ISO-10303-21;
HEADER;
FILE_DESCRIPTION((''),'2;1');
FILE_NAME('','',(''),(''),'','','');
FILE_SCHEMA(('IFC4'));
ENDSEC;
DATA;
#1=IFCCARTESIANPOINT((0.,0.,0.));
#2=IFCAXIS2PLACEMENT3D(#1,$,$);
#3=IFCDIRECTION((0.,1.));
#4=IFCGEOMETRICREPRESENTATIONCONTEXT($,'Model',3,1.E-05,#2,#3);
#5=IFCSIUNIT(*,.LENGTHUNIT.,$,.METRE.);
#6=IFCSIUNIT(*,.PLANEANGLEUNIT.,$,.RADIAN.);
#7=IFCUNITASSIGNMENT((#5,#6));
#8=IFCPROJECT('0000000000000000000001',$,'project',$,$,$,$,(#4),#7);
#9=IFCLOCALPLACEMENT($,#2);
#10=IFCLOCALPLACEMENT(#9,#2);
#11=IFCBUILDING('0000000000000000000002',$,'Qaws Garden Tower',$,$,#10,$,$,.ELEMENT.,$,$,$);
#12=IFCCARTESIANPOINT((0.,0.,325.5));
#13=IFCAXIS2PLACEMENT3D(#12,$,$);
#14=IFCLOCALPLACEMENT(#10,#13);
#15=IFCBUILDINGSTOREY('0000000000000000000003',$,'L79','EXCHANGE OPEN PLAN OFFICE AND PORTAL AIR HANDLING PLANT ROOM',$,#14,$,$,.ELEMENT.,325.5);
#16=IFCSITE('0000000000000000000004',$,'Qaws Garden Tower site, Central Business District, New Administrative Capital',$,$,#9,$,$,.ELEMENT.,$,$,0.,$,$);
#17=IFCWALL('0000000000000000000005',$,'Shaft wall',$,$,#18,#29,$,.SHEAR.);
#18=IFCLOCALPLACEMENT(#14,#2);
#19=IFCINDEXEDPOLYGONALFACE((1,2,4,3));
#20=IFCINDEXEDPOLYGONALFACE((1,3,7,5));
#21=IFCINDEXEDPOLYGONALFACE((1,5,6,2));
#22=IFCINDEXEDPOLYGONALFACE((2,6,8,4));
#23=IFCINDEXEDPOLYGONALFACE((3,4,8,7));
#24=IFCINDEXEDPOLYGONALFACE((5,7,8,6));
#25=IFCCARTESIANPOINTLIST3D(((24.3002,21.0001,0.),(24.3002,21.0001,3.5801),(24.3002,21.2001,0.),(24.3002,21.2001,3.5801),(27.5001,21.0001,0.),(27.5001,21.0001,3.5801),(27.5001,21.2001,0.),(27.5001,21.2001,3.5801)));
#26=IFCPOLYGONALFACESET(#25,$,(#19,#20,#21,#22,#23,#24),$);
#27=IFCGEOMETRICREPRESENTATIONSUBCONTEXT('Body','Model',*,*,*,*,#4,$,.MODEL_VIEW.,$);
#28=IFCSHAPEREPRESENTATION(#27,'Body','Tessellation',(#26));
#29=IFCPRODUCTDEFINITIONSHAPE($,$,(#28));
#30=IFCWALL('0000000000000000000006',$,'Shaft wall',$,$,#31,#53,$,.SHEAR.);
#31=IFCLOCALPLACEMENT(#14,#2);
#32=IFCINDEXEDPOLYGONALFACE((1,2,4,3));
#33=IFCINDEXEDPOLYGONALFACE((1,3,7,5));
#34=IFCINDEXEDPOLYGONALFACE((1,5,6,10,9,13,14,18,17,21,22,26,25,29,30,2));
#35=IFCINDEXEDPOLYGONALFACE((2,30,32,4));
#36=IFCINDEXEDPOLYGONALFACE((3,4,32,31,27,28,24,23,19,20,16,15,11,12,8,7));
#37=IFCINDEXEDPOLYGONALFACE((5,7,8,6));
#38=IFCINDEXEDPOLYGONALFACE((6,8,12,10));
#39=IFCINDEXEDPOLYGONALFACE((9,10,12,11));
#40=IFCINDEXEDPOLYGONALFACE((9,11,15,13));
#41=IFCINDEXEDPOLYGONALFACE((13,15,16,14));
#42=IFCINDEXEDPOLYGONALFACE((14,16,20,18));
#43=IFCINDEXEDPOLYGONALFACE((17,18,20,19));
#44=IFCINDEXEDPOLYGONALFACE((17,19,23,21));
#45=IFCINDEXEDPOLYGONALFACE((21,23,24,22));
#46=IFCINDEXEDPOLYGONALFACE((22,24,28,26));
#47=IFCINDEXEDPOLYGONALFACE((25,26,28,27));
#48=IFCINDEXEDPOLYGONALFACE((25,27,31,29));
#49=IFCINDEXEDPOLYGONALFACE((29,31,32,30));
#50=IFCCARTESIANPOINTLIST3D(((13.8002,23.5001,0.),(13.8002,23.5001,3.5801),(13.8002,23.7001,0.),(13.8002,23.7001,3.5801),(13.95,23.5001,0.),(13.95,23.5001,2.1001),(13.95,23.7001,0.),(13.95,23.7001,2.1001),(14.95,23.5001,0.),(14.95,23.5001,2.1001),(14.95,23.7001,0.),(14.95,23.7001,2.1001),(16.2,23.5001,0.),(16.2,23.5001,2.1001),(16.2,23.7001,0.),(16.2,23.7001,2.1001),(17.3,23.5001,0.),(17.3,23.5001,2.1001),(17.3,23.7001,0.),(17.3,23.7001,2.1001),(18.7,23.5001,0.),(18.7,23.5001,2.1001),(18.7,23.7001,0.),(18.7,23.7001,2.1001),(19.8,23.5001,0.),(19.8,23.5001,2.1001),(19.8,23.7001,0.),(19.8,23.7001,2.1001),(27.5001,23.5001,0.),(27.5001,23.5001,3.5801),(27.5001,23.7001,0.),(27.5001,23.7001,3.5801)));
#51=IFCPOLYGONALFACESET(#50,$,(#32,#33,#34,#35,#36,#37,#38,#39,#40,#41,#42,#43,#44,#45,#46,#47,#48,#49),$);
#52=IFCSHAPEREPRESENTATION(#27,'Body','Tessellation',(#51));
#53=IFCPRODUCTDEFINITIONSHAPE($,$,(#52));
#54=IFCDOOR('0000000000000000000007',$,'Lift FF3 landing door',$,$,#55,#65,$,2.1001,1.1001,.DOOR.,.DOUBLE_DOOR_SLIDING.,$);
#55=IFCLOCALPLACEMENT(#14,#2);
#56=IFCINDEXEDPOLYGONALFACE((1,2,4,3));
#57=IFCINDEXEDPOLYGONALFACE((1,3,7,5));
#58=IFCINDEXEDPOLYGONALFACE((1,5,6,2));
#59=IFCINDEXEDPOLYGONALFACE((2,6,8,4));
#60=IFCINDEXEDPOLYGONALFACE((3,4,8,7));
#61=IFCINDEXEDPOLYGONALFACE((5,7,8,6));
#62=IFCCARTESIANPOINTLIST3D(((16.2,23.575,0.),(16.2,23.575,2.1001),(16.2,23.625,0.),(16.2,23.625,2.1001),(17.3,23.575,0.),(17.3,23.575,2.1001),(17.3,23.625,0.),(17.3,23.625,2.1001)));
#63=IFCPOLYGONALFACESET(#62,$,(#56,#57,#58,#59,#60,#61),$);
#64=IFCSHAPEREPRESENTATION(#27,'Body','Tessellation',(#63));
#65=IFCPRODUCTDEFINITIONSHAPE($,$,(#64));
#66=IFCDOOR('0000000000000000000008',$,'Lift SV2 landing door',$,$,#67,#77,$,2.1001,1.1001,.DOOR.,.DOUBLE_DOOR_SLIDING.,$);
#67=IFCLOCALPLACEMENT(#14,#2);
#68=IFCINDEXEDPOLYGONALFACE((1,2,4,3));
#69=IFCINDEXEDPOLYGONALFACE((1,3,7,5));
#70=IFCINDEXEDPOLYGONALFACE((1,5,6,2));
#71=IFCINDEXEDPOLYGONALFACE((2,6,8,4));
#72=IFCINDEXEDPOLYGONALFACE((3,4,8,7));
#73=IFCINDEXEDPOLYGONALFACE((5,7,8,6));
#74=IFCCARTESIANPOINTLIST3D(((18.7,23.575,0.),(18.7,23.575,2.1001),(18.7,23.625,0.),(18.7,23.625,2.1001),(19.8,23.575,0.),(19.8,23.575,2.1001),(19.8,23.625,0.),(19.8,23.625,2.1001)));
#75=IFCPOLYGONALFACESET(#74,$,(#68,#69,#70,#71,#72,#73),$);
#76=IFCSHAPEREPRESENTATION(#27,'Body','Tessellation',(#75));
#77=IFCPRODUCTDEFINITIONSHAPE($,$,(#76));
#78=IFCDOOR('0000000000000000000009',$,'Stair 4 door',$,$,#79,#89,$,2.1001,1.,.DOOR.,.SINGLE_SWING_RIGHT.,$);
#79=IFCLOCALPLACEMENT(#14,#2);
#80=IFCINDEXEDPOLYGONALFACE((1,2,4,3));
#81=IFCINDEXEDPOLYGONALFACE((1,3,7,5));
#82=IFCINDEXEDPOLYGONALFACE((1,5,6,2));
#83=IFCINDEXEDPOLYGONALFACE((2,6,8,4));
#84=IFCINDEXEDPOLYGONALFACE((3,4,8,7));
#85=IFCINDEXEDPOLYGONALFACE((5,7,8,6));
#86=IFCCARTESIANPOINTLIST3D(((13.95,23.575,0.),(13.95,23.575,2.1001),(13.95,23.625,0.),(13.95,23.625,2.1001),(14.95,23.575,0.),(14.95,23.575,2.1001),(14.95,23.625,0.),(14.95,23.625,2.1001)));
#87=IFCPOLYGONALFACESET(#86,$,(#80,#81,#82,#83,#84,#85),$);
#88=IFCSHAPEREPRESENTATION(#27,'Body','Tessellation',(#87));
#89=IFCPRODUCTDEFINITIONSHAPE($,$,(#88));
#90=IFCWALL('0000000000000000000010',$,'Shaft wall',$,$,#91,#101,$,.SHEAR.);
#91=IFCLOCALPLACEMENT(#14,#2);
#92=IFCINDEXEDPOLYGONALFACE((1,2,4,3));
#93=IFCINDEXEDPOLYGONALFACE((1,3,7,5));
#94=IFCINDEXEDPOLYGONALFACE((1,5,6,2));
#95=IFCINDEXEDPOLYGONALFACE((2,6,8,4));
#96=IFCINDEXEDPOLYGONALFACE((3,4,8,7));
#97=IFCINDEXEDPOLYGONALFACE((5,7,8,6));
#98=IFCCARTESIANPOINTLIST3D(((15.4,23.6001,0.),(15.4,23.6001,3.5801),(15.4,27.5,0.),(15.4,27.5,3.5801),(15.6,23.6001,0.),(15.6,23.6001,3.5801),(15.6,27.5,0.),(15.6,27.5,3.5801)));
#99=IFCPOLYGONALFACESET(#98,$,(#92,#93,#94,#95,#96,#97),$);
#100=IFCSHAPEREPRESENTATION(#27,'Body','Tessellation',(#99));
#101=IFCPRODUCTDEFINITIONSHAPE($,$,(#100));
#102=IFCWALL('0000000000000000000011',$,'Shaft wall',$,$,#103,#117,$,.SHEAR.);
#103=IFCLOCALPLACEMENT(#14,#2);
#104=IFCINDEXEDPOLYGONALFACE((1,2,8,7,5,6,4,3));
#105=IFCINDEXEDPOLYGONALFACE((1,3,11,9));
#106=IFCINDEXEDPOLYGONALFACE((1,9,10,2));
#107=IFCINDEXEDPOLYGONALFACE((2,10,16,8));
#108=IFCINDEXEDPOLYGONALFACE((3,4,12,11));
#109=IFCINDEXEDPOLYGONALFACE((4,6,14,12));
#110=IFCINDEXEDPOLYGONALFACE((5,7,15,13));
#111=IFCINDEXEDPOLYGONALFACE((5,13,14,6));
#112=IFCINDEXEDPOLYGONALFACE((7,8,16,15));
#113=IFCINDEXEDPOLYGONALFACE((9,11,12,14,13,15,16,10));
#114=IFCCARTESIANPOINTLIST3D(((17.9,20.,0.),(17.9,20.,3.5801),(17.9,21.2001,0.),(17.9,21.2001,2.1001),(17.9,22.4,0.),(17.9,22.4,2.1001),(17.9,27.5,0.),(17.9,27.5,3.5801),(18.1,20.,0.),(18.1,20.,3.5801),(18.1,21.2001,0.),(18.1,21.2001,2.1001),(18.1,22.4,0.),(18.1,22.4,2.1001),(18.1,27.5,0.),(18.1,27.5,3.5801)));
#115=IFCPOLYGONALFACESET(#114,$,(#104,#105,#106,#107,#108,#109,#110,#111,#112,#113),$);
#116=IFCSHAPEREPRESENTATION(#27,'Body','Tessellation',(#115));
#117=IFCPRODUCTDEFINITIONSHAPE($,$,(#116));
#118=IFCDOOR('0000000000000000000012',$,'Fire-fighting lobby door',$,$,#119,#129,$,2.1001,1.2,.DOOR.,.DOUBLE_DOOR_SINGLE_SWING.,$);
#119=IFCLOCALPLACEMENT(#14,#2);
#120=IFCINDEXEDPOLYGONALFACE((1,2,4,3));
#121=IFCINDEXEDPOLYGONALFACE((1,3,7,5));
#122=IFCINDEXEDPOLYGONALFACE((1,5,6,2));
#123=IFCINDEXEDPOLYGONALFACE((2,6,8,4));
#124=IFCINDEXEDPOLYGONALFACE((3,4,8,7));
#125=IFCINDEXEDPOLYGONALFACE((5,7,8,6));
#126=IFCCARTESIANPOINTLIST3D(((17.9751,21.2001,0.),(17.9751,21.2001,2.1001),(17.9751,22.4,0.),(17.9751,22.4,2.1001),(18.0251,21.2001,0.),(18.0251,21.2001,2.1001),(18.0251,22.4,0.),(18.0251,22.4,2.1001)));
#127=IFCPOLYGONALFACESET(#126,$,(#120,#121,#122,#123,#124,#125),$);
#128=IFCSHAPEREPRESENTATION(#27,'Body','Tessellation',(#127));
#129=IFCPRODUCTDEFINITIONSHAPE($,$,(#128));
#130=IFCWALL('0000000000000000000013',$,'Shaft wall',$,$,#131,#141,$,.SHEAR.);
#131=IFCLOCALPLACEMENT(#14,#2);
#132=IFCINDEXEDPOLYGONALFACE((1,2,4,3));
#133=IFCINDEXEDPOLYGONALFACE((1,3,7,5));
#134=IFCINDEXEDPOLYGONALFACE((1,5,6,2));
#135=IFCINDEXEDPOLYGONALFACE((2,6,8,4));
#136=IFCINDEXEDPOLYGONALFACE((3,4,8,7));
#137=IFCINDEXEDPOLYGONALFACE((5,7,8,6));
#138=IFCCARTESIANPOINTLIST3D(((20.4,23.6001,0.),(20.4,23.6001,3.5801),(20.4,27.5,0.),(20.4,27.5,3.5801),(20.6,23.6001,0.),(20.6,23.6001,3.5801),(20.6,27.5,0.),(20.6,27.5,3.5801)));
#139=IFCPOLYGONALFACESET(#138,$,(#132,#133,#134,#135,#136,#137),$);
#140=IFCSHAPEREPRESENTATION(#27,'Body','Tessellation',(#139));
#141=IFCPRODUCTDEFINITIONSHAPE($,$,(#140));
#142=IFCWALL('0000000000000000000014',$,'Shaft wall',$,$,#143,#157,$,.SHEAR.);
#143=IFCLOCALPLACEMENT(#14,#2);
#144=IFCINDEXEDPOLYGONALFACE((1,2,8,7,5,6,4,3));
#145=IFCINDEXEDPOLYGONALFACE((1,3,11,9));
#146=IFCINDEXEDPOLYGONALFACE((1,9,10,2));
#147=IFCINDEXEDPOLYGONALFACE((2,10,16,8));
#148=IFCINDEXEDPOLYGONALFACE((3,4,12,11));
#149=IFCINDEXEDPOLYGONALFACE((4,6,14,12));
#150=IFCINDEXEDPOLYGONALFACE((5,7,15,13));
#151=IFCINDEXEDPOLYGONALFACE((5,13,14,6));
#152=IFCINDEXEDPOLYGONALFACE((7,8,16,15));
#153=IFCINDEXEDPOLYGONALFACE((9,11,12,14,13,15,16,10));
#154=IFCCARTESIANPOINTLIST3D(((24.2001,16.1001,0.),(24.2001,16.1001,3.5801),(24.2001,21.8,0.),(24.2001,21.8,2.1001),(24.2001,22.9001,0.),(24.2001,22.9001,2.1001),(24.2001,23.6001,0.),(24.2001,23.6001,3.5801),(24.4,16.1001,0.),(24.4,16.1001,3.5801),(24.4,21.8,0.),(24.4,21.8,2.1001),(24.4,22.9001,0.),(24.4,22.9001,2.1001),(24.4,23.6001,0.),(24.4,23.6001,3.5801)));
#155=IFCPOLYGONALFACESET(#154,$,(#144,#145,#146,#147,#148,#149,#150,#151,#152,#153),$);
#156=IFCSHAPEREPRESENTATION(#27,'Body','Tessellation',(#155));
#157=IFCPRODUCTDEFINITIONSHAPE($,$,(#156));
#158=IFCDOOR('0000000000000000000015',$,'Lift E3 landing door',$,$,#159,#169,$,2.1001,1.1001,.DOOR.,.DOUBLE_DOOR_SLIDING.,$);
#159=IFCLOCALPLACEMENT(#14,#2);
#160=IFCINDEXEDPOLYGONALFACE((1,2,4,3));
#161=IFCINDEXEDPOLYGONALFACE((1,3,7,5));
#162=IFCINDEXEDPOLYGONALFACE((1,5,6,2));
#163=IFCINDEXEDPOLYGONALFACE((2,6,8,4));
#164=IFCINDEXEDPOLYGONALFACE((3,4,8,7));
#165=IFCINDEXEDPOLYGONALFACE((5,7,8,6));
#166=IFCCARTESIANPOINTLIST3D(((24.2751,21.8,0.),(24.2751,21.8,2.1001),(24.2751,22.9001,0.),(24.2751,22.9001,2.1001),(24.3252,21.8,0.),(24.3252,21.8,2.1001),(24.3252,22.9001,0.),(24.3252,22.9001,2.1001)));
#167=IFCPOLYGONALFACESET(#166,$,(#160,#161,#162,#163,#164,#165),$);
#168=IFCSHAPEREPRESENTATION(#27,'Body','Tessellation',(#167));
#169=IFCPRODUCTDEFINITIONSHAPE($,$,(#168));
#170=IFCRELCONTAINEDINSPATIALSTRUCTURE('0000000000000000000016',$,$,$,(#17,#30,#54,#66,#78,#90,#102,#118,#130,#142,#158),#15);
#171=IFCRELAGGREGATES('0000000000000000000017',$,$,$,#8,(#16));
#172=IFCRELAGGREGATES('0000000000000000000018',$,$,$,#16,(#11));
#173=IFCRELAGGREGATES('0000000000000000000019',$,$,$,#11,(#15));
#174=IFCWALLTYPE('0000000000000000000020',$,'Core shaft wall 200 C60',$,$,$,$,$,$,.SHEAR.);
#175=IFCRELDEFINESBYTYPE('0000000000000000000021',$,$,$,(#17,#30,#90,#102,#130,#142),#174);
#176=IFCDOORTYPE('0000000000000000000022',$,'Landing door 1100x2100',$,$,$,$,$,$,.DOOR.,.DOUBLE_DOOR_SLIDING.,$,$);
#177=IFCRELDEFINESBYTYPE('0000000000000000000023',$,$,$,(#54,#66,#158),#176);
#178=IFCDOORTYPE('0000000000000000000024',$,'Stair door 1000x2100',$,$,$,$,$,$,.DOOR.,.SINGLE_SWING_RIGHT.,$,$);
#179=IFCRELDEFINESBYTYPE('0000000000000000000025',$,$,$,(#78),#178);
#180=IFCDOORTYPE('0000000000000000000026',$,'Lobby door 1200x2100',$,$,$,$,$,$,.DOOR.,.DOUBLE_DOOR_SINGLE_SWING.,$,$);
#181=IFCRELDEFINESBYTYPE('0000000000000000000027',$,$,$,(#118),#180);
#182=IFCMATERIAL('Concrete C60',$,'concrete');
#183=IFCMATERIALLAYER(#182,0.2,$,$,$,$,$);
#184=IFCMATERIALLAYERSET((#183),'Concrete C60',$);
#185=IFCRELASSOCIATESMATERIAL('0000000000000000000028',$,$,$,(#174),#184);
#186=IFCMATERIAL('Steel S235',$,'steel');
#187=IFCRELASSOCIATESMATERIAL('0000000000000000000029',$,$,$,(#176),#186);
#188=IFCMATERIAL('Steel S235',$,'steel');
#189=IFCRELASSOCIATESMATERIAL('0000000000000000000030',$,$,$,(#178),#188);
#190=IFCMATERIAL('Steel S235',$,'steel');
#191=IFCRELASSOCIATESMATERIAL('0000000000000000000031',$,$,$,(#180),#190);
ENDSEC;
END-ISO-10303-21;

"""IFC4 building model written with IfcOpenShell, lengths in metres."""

from ifc_helpers import new_model, si_unit, direction, frame, frame_2d, origin, place, context, subcontext, project, spatial, rectangle, extrude, material, layer, layer_set, type_object, element, fill, save


model = new_model("IFC4")

# Units and contexts
model_context = context("Model", 3, precision=1e-05, world=origin(), true_north=direction((0.0, 1.0)))
body_context = subcontext(model_context, "Body", "Model", "MODEL_VIEW")
ifc_project = project(units=[si_unit("LENGTHUNIT", "METRE"), si_unit("PLANEANGLEUNIT", "RADIAN")], contexts=[model_context])

# Site, building, storey
site_placement = place(None, origin())
site = spatial("IfcSite", under=ifc_project, at=site_placement, Name="Qaws Garden Tower site, Central Business District, New Administrative Capital", CompositionType="ELEMENT", RefElevation=0.0)
building_placement = place(site_placement, origin())
building = spatial("IfcBuilding", under=site, at=building_placement, Name="Qaws Garden Tower", CompositionType="ELEMENT")
storey_placement = place(building_placement, frame((0.0, 0.0, 325.5)))
storey = spatial("IfcBuildingStorey", under=building, at=storey_placement, Name="L79", Description="EXCHANGE OPEN PLAN OFFICE AND PORTAL AIR HANDLING PLANT ROOM", CompositionType="ELEMENT", Elevation=325.5)

# Wall
ifc_material_1 = material(Name="Concrete C60", Category="concrete")
ifc_layer_1 = layer(ifc_material_1, 0.2)
ifc_layer_set_1 = layer_set([ifc_layer_1], Name="Concrete C60")
wall_type_1 = type_object("IfcWallType", Name="Core shaft wall 200 C60", PredefinedType="SHEAR", material=ifc_layer_set_1)
for number, where, z_axis, x_axis, name in (
    (1, (24.3, 21.1001, 0.0), (0.0, 0.0, 1.0), (1.0, 0.0, 0.0), "Shaft wall"),
):
    element("IfcWall", number, at=place(storey_placement, frame(where, z_axis=z_axis, x_axis=x_axis)), inside=storey, type_object=wall_type_1, Name=name, PredefinedType="SHEAR", context=body_context, shape_type="SweptSolid", body=[
        extrude(rectangle(XDim=3.2, YDim=0.2, at=frame_2d((1.6001, 0.0))), origin(), (0.0, 0.0, 1.0), 3.5801),
    ])

# Wall, openings, doors
wall_1_placement = place(storey_placement, frame((13.8, 23.6001, 0.0), z_axis=(0.0, 0.0, 1.0), x_axis=(1.0, 0.0, 0.0)))
wall_1 = element("IfcWall", 2, at=wall_1_placement, inside=storey, type_object=wall_type_1, Name="Shaft wall", PredefinedType="SHEAR", context=body_context, shape_type="SweptSolid", body=[
    extrude(rectangle(XDim=13.7, YDim=0.2, at=frame_2d((6.8501, 0.0))), origin(), (0.0, 0.0, 1.0), 3.5801),
])
opening_1_placement = place(wall_1_placement, frame((2.3999, 0.0, 0.0)))
opening_1 = element("IfcOpeningElement", 3, at=opening_1_placement, cuts=wall_1, PredefinedType="OPENING", context=body_context, shape_type="SweptSolid", body=[
    extrude(rectangle(XDim=1.1001, YDim=2.1001, at=frame_2d((0.55, 1.05))), frame((0.0, 0.1099, 0.0), z_axis=(0.0, -1.0, 0.0), x_axis=(1.0, 0.0, 0.0)), (0.0, 0.0, 1.0), 0.22),
])
opening_2_placement = place(wall_1_placement, frame((4.8999, 0.0, 0.0)))
opening_2 = element("IfcOpeningElement", 4, at=opening_2_placement, cuts=wall_1, PredefinedType="OPENING", context=body_context, shape_type="SweptSolid", body=[
    extrude(rectangle(XDim=1.1001, YDim=2.1001, at=frame_2d((0.55, 1.05))), frame((0.0, 0.1099, 0.0), z_axis=(0.0, -1.0, 0.0), x_axis=(1.0, 0.0, 0.0)), (0.0, 0.0, 1.0), 0.22),
])
opening_3_placement = place(wall_1_placement, frame((0.1499, 0.0, 0.0)))
opening_3 = element("IfcOpeningElement", 5, at=opening_3_placement, cuts=wall_1, PredefinedType="OPENING", context=body_context, shape_type="SweptSolid", body=[
    extrude(rectangle(XDim=1.0, YDim=2.1001, at=frame_2d((0.5, 1.05))), frame((0.0, 0.1099, 0.0), z_axis=(0.0, -1.0, 0.0), x_axis=(1.0, 0.0, 0.0)), (0.0, 0.0, 1.0), 0.22),
])
ifc_material_2 = material(Name="Steel S235", Category="steel")
door_type_1 = type_object("IfcDoorType", Name="Landing door 1100x2100", OperationType="DOUBLE_DOOR_SLIDING", PredefinedType="DOOR", material=ifc_material_2)
door_1_placement = place(opening_1_placement, origin())
door_1 = element("IfcDoor", 6, at=door_1_placement, inside=storey, type_object=door_type_1, Name="Lift FF3 landing door", OperationType="DOUBLE_DOOR_SLIDING", OverallHeight=2.1001, OverallWidth=1.1001, PredefinedType="DOOR", context=body_context, shape_type="SweptSolid", body=[
    extrude(rectangle(XDim=1.1001, YDim=2.1001, at=frame_2d((0.55, 1.05))), frame((0.0, 0.0249, 0.0), z_axis=(0.0, -1.0, 0.0), x_axis=(1.0, 0.0, 0.0)), (0.0, 0.0, 1.0), 0.05),
])
fill(opening_1, door_1)
door_2_placement = place(opening_2_placement, origin())
door_2 = element("IfcDoor", 7, at=door_2_placement, inside=storey, type_object=door_type_1, Name="Lift SV2 landing door", OperationType="DOUBLE_DOOR_SLIDING", OverallHeight=2.1001, OverallWidth=1.1001, PredefinedType="DOOR", context=body_context, shape_type="SweptSolid", body=[
    extrude(rectangle(XDim=1.1001, YDim=2.1001, at=frame_2d((0.55, 1.05))), frame((0.0, 0.0249, 0.0), z_axis=(0.0, -1.0, 0.0), x_axis=(1.0, 0.0, 0.0)), (0.0, 0.0, 1.0), 0.05),
])
fill(opening_2, door_2)
ifc_material_3 = material(Name="Steel S235", Category="steel")
door_type_2 = type_object("IfcDoorType", Name="Stair door 1000x2100", OperationType="SINGLE_SWING_RIGHT", PredefinedType="DOOR", material=ifc_material_3)
door_3_placement = place(opening_3_placement, origin())
door_3 = element("IfcDoor", 8, at=door_3_placement, inside=storey, type_object=door_type_2, Name="Stair 4 door", OperationType="SINGLE_SWING_RIGHT", OverallHeight=2.1001, OverallWidth=1.0, PredefinedType="DOOR", context=body_context, shape_type="SweptSolid", body=[
    extrude(rectangle(XDim=1.0, YDim=2.1001, at=frame_2d((0.5, 1.05))), frame((0.0, 0.0249, 0.0), z_axis=(0.0, -1.0, 0.0), x_axis=(1.0, 0.0, 0.0)), (0.0, 0.0, 1.0), 0.05),
])
fill(opening_3, door_3)

# Wall
wall_2_placement = place(storey_placement, frame((15.5, 23.6001, 0.0), z_axis=(0.0, 0.0, 1.0), x_axis=(0.0, 1.0, 0.0)))
element("IfcWall", 9, at=wall_2_placement, inside=storey, type_object=wall_type_1, Name="Shaft wall", PredefinedType="SHEAR", context=body_context, shape_type="SweptSolid", body=[
    extrude(rectangle(XDim=3.8999, YDim=0.2, at=frame_2d((1.95, 0.0))), origin(), (0.0, 0.0, 1.0), 3.5801),
])

# Wall, opening, door
wall_3_placement = place(storey_placement, frame((18.0, 20.0, 0.0), z_axis=(0.0, 0.0, 1.0), x_axis=(0.0, 1.0, 0.0)))
wall_3 = element("IfcWall", 10, at=wall_3_placement, inside=storey, type_object=wall_type_1, Name="Shaft wall", PredefinedType="SHEAR", context=body_context, shape_type="SweptSolid", body=[
    extrude(rectangle(XDim=7.5, YDim=0.2, at=frame_2d((3.75, 0.0))), origin(), (0.0, 0.0, 1.0), 3.5801),
])
opening_4_placement = place(wall_3_placement, frame((1.2, 0.0, 0.0)))
opening_4 = element("IfcOpeningElement", 11, at=opening_4_placement, cuts=wall_3, PredefinedType="OPENING", context=body_context, shape_type="SweptSolid", body=[
    extrude(rectangle(XDim=1.2, YDim=2.1001, at=frame_2d((0.6001, 1.05))), frame((0.0, 0.1099, 0.0), z_axis=(0.0, -1.0, 0.0), x_axis=(1.0, 0.0, 0.0)), (0.0, 0.0, 1.0), 0.22),
])
ifc_material_4 = material(Name="Steel S235", Category="steel")
door_type_3 = type_object("IfcDoorType", Name="Lobby door 1200x2100", OperationType="DOUBLE_DOOR_SINGLE_SWING", PredefinedType="DOOR", material=ifc_material_4)
door_4_placement = place(opening_4_placement, origin())
door_4 = element("IfcDoor", 12, at=door_4_placement, inside=storey, type_object=door_type_3, Name="Fire-fighting lobby door", OperationType="DOUBLE_DOOR_SINGLE_SWING", OverallHeight=2.1001, OverallWidth=1.2, PredefinedType="DOOR", context=body_context, shape_type="SweptSolid", body=[
    extrude(rectangle(XDim=1.2, YDim=2.1001, at=frame_2d((0.6001, 1.05))), frame((0.0, 0.0249, 0.0), z_axis=(0.0, -1.0, 0.0), x_axis=(1.0, 0.0, 0.0)), (0.0, 0.0, 1.0), 0.05),
])
fill(opening_4, door_4)

# Wall
wall_4_placement = place(storey_placement, frame((20.5, 23.6001, 0.0), z_axis=(0.0, 0.0, 1.0), x_axis=(0.0, 1.0, 0.0)))
element("IfcWall", 13, at=wall_4_placement, inside=storey, type_object=wall_type_1, Name="Shaft wall", PredefinedType="SHEAR", context=body_context, shape_type="SweptSolid", body=[
    extrude(rectangle(XDim=3.8999, YDim=0.2, at=frame_2d((1.95, 0.0))), origin(), (0.0, 0.0, 1.0), 3.5801),
])

# Wall, opening, door
wall_5_placement = place(storey_placement, frame((24.3, 16.1001, 0.0), z_axis=(0.0, 0.0, 1.0), x_axis=(0.0, 1.0, 0.0)))
wall_5 = element("IfcWall", 14, at=wall_5_placement, inside=storey, type_object=wall_type_1, Name="Shaft wall", PredefinedType="SHEAR", context=body_context, shape_type="SweptSolid", body=[
    extrude(rectangle(XDim=7.5, YDim=0.2, at=frame_2d((3.75, 0.0))), origin(), (0.0, 0.0, 1.0), 3.5801),
])
opening_5_placement = place(wall_5_placement, frame((5.7, 0.0, 0.0)))
opening_5 = element("IfcOpeningElement", 15, at=opening_5_placement, cuts=wall_5, PredefinedType="OPENING", context=body_context, shape_type="SweptSolid", body=[
    extrude(rectangle(XDim=1.1001, YDim=2.1001, at=frame_2d((0.55, 1.05))), frame((0.0, 0.1099, 0.0), z_axis=(0.0, -1.0, 0.0), x_axis=(1.0, 0.0, 0.0)), (0.0, 0.0, 1.0), 0.22),
])
door_5_placement = place(opening_5_placement, origin())
door_5 = element("IfcDoor", 16, at=door_5_placement, inside=storey, type_object=door_type_1, Name="Lift E3 landing door", OperationType="DOUBLE_DOOR_SLIDING", OverallHeight=2.1001, OverallWidth=1.1001, PredefinedType="DOOR", context=body_context, shape_type="SweptSolid", body=[
    extrude(rectangle(XDim=1.1001, YDim=2.1001, at=frame_2d((0.55, 1.05))), frame((0.0, 0.0249, 0.0), z_axis=(0.0, -1.0, 0.0), x_axis=(1.0, 0.0, 0.0)), (0.0, 0.0, 1.0), 0.05),
])
fill(opening_5, door_5)

save(model, "model.ifc")
